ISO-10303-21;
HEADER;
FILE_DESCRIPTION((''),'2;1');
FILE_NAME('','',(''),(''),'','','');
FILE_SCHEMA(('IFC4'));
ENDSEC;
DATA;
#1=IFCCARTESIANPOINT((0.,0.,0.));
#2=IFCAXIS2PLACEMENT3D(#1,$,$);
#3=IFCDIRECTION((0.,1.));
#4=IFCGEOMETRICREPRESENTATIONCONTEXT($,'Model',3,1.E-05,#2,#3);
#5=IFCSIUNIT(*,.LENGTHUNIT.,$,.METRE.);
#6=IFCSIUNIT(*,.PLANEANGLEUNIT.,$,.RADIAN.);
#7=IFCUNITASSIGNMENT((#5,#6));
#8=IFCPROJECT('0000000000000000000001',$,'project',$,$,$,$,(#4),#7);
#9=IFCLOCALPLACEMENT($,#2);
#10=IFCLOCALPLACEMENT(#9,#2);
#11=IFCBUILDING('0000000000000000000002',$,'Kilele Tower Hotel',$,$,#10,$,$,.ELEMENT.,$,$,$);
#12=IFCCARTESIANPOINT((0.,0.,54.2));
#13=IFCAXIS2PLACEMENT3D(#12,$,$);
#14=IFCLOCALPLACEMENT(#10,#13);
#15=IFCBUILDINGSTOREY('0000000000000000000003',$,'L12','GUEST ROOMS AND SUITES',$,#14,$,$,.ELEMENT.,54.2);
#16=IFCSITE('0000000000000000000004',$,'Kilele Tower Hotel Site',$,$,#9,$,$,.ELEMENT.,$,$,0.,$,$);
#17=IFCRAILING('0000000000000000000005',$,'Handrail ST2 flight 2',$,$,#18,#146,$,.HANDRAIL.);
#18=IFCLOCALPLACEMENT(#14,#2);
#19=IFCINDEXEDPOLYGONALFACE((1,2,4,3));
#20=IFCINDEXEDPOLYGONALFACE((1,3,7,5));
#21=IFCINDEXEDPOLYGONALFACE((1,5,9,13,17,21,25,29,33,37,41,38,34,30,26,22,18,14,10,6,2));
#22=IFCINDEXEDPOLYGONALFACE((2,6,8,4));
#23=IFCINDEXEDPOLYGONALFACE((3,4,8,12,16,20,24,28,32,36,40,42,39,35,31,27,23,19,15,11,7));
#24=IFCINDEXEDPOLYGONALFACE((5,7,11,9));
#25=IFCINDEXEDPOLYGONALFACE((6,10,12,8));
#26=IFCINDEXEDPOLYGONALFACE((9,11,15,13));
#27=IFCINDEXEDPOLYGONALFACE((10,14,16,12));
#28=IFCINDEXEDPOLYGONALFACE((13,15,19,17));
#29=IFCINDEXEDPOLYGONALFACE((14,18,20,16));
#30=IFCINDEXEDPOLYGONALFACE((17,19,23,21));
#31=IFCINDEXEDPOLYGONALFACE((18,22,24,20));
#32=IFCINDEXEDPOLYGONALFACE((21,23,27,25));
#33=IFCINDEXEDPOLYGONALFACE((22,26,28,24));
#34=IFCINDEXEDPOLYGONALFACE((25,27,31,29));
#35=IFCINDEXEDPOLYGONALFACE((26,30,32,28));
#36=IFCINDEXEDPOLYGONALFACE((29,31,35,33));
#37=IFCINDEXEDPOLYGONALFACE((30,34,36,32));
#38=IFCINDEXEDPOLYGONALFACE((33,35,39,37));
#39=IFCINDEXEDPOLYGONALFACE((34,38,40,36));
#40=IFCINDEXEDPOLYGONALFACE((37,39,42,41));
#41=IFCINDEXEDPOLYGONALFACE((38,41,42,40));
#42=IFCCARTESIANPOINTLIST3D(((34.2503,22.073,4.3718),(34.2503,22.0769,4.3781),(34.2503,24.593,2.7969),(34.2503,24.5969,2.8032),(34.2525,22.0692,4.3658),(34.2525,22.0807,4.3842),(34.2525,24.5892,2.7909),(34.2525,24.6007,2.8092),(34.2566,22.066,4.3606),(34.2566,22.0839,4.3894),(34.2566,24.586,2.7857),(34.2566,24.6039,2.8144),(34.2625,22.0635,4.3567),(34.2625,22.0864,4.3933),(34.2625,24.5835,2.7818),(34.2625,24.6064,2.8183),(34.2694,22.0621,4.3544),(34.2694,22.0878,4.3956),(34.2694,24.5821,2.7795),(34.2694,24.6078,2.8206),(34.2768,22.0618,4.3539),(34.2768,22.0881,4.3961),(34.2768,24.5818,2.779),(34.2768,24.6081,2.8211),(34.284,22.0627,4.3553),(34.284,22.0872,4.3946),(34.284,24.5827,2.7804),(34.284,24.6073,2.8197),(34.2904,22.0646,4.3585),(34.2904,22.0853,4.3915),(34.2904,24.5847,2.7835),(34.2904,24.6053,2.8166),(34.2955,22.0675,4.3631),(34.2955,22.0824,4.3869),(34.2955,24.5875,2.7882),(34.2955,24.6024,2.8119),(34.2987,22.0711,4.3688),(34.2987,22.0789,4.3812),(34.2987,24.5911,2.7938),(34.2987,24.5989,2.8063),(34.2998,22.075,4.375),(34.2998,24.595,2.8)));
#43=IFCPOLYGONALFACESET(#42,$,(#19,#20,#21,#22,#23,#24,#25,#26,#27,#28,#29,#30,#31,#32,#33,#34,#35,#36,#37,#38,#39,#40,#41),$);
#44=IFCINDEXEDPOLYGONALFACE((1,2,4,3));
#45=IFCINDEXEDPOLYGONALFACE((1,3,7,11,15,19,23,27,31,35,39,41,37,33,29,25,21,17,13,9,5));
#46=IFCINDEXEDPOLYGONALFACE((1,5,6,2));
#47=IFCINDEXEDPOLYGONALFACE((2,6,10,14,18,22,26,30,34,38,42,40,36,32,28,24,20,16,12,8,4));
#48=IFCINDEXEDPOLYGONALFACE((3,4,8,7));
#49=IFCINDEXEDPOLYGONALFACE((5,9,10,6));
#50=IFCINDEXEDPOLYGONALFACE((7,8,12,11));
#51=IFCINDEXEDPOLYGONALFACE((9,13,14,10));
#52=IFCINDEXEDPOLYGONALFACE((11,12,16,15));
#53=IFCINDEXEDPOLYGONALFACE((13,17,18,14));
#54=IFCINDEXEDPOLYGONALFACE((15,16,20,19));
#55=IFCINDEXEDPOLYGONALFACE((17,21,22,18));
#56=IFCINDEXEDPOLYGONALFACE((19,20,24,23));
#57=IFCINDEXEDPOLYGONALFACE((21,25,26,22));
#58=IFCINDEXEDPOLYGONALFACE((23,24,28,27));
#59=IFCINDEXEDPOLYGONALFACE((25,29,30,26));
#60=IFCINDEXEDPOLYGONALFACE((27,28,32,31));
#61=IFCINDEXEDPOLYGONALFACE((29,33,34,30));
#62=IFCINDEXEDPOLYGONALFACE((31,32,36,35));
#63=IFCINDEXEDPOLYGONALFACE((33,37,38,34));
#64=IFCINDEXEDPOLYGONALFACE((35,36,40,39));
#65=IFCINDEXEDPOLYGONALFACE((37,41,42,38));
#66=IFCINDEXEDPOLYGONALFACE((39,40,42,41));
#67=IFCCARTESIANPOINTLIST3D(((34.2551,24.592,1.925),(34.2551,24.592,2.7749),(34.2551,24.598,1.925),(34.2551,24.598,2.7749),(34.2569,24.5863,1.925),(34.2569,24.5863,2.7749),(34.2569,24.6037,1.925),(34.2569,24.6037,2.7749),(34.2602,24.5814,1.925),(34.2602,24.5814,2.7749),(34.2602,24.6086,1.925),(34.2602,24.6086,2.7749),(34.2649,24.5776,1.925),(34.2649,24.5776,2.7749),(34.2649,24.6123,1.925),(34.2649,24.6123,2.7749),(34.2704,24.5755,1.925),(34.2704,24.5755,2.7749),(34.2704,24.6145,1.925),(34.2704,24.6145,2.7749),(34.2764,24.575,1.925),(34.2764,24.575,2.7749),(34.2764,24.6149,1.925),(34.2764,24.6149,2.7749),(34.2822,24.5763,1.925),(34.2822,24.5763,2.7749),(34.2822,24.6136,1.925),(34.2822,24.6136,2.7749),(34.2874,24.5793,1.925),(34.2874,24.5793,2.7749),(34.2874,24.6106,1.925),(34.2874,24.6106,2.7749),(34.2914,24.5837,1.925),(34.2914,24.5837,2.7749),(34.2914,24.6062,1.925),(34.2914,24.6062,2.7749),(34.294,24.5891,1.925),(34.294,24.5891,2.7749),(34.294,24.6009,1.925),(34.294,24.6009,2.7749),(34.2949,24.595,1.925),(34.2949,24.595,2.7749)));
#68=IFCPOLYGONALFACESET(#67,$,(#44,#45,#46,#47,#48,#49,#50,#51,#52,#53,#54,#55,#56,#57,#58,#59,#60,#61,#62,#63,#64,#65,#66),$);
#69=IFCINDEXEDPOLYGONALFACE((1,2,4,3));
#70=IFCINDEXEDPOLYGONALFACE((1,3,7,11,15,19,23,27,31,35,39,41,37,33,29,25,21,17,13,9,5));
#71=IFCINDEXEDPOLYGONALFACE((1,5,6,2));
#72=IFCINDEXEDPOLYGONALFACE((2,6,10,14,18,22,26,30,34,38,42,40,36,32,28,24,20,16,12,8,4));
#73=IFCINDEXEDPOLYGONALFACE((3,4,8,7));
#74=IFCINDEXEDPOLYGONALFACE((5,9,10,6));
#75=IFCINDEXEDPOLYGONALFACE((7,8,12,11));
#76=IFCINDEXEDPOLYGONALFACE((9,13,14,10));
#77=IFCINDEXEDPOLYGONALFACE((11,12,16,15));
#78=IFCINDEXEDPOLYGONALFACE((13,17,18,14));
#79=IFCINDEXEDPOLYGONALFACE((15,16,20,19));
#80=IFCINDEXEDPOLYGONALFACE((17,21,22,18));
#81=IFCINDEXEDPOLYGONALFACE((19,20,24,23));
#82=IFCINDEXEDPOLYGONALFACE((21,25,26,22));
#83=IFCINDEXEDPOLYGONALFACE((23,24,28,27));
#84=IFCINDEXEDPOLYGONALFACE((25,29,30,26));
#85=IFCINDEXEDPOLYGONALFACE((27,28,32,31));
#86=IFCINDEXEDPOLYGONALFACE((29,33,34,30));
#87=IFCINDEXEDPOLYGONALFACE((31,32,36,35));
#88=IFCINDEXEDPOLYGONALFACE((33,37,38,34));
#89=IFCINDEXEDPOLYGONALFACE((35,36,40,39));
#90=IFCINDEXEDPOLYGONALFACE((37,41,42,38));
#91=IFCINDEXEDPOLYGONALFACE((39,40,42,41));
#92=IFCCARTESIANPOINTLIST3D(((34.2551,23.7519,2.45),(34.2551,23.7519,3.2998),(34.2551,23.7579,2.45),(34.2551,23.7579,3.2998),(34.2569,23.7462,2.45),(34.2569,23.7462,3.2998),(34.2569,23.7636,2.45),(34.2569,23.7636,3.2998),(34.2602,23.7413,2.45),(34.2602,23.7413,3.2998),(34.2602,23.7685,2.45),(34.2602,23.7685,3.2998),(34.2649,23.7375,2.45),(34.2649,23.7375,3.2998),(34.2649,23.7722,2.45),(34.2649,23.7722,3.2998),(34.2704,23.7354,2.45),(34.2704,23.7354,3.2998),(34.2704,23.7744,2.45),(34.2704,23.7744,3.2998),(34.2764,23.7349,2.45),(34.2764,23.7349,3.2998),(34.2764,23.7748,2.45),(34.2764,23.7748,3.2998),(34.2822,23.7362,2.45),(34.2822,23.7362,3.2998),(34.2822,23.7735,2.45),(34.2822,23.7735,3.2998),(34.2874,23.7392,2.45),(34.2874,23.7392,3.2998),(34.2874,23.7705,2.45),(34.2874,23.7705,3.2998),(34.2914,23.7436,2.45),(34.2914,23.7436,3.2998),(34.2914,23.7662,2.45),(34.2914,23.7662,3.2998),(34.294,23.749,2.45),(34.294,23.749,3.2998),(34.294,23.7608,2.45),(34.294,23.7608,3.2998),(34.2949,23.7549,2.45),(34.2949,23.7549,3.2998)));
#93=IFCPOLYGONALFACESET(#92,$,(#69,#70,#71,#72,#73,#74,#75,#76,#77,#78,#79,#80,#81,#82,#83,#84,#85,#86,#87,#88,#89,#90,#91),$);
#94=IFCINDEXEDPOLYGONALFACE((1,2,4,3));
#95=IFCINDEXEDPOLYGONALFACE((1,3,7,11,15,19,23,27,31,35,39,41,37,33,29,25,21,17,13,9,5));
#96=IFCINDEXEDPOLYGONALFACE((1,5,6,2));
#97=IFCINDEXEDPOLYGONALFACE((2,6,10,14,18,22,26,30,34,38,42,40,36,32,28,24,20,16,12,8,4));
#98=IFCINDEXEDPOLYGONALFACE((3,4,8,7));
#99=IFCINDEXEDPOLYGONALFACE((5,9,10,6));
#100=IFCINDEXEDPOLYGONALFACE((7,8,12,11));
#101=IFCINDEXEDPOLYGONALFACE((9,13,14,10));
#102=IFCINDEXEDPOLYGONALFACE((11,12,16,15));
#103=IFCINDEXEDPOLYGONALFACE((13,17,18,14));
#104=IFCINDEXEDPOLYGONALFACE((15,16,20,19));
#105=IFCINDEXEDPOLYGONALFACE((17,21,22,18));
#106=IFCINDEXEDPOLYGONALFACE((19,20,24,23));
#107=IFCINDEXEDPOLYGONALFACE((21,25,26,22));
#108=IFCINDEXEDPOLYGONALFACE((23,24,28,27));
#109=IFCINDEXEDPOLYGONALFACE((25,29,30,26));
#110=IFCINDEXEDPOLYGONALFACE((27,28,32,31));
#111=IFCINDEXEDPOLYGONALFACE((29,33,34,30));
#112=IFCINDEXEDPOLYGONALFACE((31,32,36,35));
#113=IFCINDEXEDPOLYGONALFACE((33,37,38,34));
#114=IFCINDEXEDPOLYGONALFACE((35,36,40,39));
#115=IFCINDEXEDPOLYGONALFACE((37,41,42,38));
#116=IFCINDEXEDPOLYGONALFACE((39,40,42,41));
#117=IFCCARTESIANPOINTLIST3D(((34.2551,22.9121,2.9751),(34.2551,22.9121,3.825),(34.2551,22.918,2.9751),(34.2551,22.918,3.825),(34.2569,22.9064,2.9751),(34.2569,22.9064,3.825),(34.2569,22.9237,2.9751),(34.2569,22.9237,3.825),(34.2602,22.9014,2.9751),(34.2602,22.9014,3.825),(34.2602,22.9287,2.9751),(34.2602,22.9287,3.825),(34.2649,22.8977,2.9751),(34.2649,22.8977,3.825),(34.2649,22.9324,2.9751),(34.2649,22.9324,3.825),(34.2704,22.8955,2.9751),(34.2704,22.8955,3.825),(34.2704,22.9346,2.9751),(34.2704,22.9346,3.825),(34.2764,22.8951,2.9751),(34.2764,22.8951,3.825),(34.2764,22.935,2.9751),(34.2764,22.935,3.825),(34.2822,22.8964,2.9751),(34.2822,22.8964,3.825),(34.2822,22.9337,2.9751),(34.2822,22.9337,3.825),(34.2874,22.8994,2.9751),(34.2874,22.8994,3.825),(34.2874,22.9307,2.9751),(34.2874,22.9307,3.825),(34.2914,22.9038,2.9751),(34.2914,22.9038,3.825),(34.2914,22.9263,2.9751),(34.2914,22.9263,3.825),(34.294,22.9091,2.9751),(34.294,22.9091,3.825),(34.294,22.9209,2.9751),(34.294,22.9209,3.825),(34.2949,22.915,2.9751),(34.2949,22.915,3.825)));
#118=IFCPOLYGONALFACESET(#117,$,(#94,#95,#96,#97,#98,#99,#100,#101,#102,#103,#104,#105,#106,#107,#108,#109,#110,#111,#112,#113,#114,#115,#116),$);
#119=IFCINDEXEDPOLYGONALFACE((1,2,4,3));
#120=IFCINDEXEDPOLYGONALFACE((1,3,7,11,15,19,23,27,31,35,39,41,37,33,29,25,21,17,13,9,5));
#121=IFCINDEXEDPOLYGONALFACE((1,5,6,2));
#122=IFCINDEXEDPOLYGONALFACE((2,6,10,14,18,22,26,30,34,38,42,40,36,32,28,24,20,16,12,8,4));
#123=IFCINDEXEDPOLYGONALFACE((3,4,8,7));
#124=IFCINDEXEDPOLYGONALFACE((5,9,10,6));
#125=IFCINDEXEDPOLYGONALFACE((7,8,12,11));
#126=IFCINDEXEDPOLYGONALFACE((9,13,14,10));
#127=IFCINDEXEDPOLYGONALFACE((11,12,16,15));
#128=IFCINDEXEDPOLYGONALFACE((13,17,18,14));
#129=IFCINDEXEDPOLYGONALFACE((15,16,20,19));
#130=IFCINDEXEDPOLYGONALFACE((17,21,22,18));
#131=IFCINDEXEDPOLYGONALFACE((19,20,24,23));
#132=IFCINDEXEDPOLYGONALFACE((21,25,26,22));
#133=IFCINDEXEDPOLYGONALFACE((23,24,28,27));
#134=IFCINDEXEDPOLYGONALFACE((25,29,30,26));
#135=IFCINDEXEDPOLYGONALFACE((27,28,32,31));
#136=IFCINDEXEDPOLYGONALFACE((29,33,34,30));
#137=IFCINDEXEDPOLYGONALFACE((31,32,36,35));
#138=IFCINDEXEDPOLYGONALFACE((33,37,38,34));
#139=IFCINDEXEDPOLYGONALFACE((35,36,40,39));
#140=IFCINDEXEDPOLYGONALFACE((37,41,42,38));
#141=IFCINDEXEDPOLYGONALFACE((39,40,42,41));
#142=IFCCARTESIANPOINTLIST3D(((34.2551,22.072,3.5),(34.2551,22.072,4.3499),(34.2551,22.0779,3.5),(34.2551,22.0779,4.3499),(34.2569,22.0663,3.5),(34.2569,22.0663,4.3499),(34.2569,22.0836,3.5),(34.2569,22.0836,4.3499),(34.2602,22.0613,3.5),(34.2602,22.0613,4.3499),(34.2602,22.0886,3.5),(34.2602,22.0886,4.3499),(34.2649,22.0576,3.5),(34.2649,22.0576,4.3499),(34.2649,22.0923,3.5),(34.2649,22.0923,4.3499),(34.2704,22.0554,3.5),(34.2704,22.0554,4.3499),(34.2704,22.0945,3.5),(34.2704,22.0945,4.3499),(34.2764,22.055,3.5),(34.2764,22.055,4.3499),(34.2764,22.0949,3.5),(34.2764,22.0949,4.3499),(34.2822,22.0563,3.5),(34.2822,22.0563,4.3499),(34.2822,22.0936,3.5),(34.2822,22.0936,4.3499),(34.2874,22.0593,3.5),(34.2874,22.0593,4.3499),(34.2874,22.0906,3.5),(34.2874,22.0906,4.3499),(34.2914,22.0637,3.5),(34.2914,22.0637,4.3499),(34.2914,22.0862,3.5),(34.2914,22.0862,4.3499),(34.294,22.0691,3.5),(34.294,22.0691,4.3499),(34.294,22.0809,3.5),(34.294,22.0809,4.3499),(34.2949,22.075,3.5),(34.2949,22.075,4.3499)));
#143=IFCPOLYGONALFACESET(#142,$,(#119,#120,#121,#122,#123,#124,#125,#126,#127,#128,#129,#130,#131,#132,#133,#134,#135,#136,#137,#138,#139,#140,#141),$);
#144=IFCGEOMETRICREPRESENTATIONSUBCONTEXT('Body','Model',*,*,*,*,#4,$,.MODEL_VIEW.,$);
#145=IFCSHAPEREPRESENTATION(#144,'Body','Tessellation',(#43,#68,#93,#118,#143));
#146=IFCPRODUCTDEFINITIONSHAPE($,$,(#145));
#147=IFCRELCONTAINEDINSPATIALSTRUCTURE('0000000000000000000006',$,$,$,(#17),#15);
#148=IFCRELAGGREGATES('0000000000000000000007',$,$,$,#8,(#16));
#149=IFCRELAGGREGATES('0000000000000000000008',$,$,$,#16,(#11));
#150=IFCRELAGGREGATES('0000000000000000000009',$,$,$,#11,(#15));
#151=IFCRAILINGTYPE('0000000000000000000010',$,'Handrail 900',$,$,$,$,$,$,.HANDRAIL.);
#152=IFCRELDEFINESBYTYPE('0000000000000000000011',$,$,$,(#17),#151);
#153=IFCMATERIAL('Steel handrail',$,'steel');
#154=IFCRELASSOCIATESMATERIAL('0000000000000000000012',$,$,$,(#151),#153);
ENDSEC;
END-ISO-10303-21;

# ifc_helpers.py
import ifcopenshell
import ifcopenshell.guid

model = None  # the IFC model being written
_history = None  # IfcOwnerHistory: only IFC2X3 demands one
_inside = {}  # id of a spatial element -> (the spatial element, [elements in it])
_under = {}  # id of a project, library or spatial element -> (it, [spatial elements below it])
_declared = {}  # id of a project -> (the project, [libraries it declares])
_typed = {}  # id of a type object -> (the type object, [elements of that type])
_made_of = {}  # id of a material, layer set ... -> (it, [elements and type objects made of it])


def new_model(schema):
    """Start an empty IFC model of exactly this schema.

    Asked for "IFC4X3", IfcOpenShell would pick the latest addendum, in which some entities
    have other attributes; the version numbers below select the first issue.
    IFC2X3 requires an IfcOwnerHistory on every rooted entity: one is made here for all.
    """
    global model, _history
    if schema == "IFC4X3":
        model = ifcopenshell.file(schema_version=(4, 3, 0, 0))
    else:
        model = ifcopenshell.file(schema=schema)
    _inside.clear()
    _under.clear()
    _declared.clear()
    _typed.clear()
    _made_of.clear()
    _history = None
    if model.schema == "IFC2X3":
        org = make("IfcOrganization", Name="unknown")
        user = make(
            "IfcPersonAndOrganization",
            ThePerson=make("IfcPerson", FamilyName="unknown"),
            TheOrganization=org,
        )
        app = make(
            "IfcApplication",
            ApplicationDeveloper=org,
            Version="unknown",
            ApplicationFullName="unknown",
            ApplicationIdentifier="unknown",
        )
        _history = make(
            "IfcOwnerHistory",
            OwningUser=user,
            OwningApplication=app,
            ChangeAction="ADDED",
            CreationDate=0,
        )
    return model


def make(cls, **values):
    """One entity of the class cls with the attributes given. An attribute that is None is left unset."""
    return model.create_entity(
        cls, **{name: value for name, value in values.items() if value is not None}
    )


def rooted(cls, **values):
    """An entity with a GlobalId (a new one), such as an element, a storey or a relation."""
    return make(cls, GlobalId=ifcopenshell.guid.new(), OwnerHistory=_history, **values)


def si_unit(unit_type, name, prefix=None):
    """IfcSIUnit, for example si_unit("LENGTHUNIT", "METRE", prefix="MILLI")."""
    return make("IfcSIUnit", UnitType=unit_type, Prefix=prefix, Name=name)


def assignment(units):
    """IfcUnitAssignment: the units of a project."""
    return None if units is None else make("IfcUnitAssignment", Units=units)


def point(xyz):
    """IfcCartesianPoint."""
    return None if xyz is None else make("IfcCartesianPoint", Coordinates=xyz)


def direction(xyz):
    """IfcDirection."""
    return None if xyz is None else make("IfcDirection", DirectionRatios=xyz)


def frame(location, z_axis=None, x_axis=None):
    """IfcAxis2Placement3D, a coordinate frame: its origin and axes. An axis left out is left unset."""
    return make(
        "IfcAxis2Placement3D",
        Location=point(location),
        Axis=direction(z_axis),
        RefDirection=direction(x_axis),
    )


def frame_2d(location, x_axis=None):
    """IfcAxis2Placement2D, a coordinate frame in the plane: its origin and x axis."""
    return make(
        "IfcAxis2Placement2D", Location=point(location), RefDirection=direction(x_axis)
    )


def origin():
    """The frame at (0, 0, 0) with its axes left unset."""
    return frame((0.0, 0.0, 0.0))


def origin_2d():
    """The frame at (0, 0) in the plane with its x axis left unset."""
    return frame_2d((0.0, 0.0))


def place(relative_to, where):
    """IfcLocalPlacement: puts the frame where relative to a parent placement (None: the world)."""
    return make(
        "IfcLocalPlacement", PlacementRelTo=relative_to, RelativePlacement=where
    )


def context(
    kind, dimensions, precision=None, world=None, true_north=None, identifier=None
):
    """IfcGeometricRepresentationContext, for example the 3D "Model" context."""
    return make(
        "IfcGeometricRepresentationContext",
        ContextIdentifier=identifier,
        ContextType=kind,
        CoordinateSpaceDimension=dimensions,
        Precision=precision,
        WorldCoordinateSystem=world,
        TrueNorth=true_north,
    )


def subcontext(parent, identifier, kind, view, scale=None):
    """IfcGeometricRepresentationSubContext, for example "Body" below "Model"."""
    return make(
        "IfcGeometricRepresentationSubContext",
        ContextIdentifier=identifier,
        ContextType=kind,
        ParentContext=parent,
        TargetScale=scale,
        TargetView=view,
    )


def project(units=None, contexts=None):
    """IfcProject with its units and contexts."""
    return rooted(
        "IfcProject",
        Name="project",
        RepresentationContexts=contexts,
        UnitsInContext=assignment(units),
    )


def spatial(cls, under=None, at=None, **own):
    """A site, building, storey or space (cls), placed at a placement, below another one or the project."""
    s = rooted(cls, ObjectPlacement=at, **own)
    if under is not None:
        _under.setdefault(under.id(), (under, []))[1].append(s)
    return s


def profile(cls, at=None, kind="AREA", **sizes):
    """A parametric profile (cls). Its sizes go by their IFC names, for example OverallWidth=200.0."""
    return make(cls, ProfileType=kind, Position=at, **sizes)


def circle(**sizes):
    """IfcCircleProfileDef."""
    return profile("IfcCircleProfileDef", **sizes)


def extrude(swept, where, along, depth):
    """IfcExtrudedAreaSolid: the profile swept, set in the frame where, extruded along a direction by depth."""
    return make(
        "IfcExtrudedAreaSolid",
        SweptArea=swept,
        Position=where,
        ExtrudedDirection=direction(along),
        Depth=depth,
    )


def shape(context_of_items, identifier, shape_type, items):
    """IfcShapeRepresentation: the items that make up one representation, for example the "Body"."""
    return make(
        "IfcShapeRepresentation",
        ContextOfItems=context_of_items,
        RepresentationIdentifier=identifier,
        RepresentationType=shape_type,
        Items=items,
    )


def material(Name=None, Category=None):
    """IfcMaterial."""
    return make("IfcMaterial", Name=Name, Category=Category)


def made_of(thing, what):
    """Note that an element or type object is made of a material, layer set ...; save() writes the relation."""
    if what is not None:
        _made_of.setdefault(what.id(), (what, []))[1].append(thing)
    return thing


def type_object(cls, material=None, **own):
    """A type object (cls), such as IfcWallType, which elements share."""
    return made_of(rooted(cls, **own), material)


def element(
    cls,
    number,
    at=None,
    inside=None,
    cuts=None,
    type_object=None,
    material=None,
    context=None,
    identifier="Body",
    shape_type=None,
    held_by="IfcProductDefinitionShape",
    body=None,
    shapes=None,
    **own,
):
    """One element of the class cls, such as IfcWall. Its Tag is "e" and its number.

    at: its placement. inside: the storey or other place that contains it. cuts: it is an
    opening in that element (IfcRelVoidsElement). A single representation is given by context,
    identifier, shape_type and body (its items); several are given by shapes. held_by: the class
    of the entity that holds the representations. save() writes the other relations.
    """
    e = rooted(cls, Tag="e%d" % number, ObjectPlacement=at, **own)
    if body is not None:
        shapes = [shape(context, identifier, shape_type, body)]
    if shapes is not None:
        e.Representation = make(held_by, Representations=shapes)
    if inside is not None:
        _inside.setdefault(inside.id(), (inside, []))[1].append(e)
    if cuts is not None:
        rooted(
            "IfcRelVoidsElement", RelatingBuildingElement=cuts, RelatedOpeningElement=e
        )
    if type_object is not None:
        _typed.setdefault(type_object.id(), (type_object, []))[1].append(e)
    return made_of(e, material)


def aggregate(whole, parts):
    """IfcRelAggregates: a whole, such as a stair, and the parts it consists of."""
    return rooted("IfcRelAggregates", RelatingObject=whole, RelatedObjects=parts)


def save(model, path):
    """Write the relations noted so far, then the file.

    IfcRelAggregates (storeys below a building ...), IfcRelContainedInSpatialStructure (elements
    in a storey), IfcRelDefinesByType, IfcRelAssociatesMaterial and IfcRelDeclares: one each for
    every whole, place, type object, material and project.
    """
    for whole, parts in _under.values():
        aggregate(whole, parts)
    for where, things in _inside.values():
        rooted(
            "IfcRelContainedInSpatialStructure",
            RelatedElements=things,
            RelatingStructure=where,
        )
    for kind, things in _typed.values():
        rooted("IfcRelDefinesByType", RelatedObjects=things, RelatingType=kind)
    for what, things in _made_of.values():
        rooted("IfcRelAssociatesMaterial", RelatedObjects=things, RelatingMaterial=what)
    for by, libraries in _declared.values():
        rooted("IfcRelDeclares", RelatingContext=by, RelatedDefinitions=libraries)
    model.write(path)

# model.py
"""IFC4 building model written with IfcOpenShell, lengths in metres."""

from ifc_helpers import new_model, si_unit, direction, frame, origin, origin_2d, place, context, subcontext, project, spatial, circle, extrude, material, type_object, element, save


model = new_model("IFC4")

# Units and contexts
model_context = context("Model", 3, precision=1e-05, world=origin(), true_north=direction((0.0, 1.0)))
body_context = subcontext(model_context, "Body", "Model", "MODEL_VIEW")
ifc_project = project(units=[si_unit("LENGTHUNIT", "METRE"), si_unit("PLANEANGLEUNIT", "RADIAN")], contexts=[model_context])

# Site, building, storey
site_placement = place(None, origin())
site = spatial("IfcSite", under=ifc_project, at=site_placement, Name="Kilele Tower Hotel Site", CompositionType="ELEMENT", RefElevation=0.0)
building_placement = place(site_placement, origin())
building = spatial("IfcBuilding", under=site, at=building_placement, Name="Kilele Tower Hotel", CompositionType="ELEMENT")
storey_placement = place(building_placement, frame((0.0, 0.0, 54.2)))
storey = spatial("IfcBuildingStorey", under=building, at=storey_placement, Name="L12", Description="GUEST ROOMS AND SUITES", CompositionType="ELEMENT", Elevation=54.2)

# Railing
ifc_material_1 = material(Name="Steel handrail", Category="steel")
railing_type_1 = type_object("IfcRailingType", Name="Handrail 900", PredefinedType="HANDRAIL", material=ifc_material_1)
for number, where, name in (
    (1, (34.2749, 24.595, 1.925), "Handrail ST2 flight 2"),
):
    element("IfcRailing", number, at=place(storey_placement, frame(where)), inside=storey, type_object=railing_type_1, Name=name, PredefinedType="HANDRAIL", context=body_context, shape_type="SweptSolid", body=[
        extrude(circle(Radius=0.0249, at=origin_2d()), frame((0.0, 0.0, 0.875), z_axis=(0.0, -0.848008, 0.529984), x_axis=(1.0, 0.0, 0.0)), (0.0, 0.0, 1.0), 2.9717),
        extrude(circle(Radius=0.02, at=origin_2d()), origin(), (0.0, 0.0, 1.0), 0.8499),
        extrude(circle(Radius=0.02, at=origin_2d()), frame((0.0, -0.8401, 0.5249)), (0.0, 0.0, 1.0), 0.8499),
        extrude(circle(Radius=0.02, at=origin_2d()), frame((0.0, -1.6799, 1.05)), (0.0, 0.0, 1.0), 0.8499),
        extrude(circle(Radius=0.02, at=origin_2d()), frame((0.0, -2.52, 1.575)), (0.0, 0.0, 1.0), 0.8499),
    ])

save(model, "model.ifc")
